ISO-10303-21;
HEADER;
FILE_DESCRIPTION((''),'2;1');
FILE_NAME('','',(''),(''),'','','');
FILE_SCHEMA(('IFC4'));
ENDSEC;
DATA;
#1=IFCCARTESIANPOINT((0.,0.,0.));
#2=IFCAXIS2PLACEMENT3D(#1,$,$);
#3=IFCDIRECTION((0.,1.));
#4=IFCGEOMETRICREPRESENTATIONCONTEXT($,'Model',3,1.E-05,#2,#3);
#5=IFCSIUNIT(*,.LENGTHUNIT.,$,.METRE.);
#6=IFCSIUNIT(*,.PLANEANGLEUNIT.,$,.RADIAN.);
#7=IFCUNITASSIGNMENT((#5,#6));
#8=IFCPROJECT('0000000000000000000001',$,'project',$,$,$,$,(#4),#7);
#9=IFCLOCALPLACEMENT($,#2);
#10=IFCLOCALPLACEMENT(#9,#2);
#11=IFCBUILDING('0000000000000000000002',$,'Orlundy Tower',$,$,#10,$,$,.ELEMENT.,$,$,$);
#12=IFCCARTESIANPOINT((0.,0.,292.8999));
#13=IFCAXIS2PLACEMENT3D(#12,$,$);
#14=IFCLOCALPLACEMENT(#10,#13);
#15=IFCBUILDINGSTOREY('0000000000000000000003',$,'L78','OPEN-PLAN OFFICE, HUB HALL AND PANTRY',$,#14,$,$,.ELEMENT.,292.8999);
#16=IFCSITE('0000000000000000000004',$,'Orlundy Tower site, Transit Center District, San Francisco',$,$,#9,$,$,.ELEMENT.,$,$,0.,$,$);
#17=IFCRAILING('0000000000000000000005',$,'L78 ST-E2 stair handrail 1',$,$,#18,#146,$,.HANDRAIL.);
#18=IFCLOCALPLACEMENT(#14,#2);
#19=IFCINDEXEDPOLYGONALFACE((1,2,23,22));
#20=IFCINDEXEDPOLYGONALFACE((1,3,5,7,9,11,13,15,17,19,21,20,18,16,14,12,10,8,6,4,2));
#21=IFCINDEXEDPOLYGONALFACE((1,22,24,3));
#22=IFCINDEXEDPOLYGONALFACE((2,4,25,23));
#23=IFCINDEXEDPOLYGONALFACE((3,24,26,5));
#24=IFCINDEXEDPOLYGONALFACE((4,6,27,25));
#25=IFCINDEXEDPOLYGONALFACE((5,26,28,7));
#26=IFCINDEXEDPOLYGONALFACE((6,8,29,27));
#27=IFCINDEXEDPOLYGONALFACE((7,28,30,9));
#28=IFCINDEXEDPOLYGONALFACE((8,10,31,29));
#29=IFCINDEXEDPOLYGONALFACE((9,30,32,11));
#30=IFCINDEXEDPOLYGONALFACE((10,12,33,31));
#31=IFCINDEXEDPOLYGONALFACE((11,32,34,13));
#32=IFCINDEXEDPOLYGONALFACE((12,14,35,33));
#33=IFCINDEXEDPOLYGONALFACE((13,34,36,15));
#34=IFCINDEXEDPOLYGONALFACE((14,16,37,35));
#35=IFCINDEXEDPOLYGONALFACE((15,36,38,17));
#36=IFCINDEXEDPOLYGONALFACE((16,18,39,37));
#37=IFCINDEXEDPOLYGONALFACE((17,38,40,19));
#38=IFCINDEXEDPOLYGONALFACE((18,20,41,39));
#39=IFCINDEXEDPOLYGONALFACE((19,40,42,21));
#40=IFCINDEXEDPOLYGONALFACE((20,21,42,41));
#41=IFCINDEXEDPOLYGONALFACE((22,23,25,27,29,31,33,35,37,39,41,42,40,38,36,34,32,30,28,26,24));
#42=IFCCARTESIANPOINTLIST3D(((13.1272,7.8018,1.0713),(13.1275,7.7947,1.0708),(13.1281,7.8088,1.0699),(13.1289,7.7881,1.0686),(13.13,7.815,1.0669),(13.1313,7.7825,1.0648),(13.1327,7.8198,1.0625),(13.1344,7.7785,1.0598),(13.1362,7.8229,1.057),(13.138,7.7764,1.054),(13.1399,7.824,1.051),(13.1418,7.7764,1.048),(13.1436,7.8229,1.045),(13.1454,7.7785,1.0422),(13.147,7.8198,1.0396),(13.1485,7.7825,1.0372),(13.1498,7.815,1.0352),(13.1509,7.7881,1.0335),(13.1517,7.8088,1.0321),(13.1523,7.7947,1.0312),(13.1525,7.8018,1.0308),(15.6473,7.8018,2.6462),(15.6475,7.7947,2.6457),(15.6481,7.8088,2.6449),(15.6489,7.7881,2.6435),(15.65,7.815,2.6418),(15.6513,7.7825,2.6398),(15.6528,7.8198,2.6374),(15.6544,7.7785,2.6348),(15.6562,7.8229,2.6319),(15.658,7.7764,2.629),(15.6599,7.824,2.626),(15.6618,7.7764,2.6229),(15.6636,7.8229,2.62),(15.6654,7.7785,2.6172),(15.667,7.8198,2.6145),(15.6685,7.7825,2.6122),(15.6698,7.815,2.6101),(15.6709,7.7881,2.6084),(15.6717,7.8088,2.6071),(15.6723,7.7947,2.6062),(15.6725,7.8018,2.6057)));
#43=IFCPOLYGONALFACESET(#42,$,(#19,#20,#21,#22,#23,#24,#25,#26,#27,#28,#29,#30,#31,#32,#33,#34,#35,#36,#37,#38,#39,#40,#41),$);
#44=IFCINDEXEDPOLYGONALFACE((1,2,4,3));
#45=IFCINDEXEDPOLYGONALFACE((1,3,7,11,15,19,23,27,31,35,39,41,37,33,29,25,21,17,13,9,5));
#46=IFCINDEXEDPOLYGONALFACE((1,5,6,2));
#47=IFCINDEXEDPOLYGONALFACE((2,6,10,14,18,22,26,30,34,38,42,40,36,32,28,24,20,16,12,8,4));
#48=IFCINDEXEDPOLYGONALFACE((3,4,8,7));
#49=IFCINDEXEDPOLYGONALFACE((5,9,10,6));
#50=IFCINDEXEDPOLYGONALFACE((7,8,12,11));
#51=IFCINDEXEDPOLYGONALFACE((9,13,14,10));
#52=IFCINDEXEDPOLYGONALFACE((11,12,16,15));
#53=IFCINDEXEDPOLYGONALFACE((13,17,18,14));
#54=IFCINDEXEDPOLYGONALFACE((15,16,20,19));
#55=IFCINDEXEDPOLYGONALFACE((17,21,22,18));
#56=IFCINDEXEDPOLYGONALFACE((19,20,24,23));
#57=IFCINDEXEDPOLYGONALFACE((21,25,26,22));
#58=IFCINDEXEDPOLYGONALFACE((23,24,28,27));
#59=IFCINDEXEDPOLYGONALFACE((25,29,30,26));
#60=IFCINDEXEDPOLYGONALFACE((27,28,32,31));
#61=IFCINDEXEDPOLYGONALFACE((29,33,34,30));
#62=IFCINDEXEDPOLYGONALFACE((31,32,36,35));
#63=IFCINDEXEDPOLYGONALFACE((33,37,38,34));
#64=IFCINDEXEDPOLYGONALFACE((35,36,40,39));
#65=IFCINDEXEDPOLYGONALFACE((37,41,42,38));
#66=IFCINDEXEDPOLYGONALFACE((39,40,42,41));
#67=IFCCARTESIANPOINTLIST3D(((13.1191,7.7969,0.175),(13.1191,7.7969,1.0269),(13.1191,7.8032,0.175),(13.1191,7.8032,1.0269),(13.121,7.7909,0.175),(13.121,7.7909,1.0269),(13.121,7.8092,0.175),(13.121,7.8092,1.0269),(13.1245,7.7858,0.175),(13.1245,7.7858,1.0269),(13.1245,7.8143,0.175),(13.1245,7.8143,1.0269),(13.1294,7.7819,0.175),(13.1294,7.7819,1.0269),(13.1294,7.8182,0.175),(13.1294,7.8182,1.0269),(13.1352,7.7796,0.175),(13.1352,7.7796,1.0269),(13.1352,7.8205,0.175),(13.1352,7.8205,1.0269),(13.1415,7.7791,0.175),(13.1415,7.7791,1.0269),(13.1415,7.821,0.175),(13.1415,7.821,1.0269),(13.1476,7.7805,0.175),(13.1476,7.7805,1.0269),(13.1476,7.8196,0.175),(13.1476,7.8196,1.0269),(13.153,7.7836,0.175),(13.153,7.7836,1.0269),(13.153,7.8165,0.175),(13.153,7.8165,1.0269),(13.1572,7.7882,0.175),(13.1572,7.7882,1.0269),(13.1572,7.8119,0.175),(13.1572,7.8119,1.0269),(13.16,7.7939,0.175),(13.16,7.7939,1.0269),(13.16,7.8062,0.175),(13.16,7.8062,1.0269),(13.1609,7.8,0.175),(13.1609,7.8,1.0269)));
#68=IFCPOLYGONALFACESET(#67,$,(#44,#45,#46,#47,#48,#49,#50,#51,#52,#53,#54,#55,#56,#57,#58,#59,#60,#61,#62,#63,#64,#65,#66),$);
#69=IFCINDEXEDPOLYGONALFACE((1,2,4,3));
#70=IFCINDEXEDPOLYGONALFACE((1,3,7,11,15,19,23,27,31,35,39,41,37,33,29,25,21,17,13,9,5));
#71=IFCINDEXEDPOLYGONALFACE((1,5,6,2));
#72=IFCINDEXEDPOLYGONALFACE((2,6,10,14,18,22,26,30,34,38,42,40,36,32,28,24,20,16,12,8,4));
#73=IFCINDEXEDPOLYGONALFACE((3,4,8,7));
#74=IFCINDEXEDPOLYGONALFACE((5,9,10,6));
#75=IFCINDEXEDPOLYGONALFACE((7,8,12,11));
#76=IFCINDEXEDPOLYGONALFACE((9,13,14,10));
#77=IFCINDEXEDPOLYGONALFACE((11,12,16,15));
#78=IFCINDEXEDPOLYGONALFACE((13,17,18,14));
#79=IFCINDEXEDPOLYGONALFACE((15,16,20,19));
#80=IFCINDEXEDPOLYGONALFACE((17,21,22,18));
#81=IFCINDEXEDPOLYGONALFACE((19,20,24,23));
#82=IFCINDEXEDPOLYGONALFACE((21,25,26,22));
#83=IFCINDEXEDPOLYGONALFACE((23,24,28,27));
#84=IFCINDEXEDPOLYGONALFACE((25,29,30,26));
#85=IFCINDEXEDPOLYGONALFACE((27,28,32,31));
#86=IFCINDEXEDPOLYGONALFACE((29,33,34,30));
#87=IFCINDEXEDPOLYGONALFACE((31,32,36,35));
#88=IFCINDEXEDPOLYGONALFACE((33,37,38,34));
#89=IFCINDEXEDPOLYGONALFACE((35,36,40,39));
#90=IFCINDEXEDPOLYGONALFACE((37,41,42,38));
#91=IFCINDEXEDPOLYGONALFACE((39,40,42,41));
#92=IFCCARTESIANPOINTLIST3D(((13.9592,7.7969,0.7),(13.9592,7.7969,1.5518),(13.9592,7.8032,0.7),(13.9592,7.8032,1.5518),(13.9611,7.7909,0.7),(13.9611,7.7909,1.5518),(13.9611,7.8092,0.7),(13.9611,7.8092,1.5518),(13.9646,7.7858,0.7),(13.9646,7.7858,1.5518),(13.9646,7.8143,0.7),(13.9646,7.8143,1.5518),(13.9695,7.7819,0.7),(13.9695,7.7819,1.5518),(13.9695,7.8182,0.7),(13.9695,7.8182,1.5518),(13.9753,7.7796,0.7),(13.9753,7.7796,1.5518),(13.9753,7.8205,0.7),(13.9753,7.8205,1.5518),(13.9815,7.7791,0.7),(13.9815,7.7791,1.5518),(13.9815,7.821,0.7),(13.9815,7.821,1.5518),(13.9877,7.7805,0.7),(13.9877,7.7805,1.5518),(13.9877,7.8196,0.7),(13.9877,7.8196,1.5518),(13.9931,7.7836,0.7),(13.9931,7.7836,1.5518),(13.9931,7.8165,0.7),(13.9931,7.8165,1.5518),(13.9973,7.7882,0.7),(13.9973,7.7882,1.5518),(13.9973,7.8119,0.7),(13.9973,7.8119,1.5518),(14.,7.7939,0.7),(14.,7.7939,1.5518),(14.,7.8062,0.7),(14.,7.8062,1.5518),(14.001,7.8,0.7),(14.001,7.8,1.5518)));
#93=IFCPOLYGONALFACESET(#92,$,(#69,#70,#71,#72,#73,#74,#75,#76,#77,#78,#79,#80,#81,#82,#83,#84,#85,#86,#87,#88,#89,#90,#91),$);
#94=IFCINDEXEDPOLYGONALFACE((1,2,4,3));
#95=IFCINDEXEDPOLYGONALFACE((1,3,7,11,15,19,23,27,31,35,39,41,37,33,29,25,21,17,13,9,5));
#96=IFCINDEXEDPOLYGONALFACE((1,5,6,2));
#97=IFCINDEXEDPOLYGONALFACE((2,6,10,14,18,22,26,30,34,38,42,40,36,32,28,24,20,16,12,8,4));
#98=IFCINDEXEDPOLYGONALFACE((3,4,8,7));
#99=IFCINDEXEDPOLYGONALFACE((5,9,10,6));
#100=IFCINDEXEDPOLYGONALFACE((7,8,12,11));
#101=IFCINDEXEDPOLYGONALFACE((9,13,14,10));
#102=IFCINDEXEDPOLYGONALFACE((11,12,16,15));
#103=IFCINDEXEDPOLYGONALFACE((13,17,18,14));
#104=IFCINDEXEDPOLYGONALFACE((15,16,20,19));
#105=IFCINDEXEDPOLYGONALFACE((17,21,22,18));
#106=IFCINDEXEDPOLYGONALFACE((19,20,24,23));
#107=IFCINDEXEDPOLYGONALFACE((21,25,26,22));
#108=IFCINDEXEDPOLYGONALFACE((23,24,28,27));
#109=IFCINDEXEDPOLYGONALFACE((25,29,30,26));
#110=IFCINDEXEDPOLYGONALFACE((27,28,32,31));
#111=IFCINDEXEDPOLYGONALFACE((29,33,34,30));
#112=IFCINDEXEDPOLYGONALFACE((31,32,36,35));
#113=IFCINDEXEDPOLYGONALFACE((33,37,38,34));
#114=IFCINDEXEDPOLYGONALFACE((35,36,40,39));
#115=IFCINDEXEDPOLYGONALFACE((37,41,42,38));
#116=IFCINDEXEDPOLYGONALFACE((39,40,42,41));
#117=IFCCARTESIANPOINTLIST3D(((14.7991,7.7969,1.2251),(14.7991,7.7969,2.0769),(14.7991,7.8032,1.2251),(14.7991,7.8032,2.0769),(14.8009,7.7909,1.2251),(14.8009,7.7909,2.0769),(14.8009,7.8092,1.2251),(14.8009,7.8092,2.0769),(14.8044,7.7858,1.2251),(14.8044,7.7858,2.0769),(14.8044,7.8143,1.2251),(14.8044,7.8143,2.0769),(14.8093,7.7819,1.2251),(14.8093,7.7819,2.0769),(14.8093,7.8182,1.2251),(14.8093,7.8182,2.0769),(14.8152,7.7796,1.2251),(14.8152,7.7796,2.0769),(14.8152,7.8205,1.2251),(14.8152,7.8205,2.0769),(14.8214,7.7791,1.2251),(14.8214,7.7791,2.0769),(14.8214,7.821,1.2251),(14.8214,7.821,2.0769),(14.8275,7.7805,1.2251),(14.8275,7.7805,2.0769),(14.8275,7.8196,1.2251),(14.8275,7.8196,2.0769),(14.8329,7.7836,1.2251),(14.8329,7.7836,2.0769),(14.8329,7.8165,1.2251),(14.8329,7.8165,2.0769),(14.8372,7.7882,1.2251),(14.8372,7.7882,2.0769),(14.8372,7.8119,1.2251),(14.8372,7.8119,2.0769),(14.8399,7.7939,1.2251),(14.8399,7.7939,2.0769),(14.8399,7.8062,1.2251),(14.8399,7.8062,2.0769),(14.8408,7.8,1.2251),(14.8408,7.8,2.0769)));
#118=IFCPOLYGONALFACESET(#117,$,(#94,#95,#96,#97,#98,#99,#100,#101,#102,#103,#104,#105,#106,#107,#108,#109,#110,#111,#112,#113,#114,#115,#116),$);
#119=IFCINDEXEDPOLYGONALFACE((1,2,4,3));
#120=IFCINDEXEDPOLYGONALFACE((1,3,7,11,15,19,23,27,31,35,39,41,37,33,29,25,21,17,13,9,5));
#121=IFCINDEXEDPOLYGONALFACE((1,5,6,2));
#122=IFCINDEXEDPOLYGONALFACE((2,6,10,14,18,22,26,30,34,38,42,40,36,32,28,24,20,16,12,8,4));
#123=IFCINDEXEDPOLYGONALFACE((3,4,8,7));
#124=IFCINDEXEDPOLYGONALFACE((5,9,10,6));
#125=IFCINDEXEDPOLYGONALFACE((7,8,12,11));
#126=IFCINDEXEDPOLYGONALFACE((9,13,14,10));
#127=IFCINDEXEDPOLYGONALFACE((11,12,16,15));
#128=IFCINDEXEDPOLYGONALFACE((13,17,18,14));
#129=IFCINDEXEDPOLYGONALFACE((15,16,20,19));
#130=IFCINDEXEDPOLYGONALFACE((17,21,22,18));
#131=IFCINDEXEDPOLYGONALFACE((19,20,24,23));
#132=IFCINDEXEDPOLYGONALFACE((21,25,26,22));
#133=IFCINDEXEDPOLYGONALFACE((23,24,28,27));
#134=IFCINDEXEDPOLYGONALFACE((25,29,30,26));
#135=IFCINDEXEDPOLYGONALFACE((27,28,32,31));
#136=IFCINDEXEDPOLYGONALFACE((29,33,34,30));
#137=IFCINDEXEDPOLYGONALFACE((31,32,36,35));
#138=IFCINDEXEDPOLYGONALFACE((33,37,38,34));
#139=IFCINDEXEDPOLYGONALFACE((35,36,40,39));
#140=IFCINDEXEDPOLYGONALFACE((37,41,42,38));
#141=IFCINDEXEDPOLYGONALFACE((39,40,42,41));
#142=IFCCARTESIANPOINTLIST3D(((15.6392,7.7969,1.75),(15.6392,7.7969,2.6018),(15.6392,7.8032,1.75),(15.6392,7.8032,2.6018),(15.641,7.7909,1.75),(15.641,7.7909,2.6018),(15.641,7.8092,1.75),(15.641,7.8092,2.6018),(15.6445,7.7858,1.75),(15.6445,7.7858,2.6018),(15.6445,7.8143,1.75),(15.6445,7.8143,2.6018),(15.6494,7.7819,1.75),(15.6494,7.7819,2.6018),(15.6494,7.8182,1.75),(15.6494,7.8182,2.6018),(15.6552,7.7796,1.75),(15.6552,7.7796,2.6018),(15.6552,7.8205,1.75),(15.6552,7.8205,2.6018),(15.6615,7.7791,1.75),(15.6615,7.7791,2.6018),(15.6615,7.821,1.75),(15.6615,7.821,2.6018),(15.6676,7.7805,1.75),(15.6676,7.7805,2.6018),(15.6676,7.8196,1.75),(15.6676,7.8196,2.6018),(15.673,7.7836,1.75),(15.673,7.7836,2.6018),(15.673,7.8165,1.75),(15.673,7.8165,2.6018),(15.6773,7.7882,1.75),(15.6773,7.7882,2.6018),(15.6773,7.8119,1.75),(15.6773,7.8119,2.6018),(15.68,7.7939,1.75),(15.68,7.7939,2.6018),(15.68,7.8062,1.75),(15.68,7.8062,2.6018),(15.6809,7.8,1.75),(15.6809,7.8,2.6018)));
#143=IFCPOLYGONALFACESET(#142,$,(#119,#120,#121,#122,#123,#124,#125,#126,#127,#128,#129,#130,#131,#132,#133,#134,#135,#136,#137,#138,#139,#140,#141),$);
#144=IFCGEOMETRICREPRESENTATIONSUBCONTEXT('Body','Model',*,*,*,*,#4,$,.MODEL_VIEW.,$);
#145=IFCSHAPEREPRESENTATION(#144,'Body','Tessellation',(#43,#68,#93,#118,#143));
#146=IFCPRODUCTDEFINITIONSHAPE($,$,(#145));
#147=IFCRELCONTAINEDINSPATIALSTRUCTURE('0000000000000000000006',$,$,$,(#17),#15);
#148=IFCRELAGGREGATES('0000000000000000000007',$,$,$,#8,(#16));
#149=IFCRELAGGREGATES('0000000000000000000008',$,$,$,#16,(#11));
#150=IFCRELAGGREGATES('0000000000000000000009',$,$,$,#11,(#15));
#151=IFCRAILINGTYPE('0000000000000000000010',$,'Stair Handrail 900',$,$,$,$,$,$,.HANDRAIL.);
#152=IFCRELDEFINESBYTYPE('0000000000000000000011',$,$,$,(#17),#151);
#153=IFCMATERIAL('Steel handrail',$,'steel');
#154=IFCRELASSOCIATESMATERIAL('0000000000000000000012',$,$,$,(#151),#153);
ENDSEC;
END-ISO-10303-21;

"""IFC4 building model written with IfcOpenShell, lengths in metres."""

from ifc_helpers import new_model, si_unit, direction, frame, origin, origin_2d, place, context, subcontext, project, spatial, circle, extrude, material, type_object, element, save


model = new_model("IFC4")

# Units and contexts
model_context = context("Model", 3, precision=1e-05, world=origin(), true_north=direction((0.0, 1.0)))
body_context = subcontext(model_context, "Body", "Model", "MODEL_VIEW")
ifc_project = project(units=[si_unit("LENGTHUNIT", "METRE"), si_unit("PLANEANGLEUNIT", "RADIAN")], contexts=[model_context])

# Site, building, storey
site_placement = place(None, origin())
site = spatial("IfcSite", under=ifc_project, at=site_placement, Name="Orlundy Tower site, Transit Center District, San Francisco", CompositionType="ELEMENT", RefElevation=0.0)
building_placement = place(site_placement, origin())
building = spatial("IfcBuilding", under=site, at=building_placement, Name="Orlundy Tower", CompositionType="ELEMENT")
storey_placement = place(building_placement, frame((0.0, 0.0, 292.8999)))
storey = spatial("IfcBuildingStorey", under=building, at=storey_placement, Name="L78", Description="OPEN-PLAN OFFICE, HUB HALL AND PANTRY", CompositionType="ELEMENT", Elevation=292.8999)

# Railing
ifc_material_1 = material(Name="Steel handrail", Category="steel")
railing_type_1 = type_object("IfcRailingType", Name="Stair Handrail 900", PredefinedType="HANDRAIL", material=ifc_material_1)
railing_1_placement = place(storey_placement, frame((13.1399, 7.8, 0.175)))
element("IfcRailing", 1, at=railing_1_placement, inside=storey, type_object=railing_type_1, Name="L78 ST-E2 stair handrail 1", PredefinedType="HANDRAIL", context=body_context, shape_type="SweptSolid", body=[
    extrude(circle(Radius=0.0239, at=origin_2d()), frame((0.0, 0.0, 0.876), z_axis=(0.848008, 0.0, 0.529984), x_axis=(0.0, 1.0, 0.0)), (0.0, 0.0, 1.0), 2.9717),
    extrude(circle(Radius=0.021, at=origin_2d()), origin(), (0.0, 0.0, 1.0), 0.8518),
    extrude(circle(Radius=0.021, at=origin_2d()), frame((0.8401, 0.0, 0.5249)), (0.0, 0.0, 1.0), 0.8518),
    extrude(circle(Radius=0.021, at=origin_2d()), frame((1.6799, 0.0, 1.05)), (0.0, 0.0, 1.0), 0.8518),
    extrude(circle(Radius=0.021, at=origin_2d()), frame((2.52, 0.0, 1.575)), (0.0, 0.0, 1.0), 0.8518),
])

save(model, "model.ifc")
